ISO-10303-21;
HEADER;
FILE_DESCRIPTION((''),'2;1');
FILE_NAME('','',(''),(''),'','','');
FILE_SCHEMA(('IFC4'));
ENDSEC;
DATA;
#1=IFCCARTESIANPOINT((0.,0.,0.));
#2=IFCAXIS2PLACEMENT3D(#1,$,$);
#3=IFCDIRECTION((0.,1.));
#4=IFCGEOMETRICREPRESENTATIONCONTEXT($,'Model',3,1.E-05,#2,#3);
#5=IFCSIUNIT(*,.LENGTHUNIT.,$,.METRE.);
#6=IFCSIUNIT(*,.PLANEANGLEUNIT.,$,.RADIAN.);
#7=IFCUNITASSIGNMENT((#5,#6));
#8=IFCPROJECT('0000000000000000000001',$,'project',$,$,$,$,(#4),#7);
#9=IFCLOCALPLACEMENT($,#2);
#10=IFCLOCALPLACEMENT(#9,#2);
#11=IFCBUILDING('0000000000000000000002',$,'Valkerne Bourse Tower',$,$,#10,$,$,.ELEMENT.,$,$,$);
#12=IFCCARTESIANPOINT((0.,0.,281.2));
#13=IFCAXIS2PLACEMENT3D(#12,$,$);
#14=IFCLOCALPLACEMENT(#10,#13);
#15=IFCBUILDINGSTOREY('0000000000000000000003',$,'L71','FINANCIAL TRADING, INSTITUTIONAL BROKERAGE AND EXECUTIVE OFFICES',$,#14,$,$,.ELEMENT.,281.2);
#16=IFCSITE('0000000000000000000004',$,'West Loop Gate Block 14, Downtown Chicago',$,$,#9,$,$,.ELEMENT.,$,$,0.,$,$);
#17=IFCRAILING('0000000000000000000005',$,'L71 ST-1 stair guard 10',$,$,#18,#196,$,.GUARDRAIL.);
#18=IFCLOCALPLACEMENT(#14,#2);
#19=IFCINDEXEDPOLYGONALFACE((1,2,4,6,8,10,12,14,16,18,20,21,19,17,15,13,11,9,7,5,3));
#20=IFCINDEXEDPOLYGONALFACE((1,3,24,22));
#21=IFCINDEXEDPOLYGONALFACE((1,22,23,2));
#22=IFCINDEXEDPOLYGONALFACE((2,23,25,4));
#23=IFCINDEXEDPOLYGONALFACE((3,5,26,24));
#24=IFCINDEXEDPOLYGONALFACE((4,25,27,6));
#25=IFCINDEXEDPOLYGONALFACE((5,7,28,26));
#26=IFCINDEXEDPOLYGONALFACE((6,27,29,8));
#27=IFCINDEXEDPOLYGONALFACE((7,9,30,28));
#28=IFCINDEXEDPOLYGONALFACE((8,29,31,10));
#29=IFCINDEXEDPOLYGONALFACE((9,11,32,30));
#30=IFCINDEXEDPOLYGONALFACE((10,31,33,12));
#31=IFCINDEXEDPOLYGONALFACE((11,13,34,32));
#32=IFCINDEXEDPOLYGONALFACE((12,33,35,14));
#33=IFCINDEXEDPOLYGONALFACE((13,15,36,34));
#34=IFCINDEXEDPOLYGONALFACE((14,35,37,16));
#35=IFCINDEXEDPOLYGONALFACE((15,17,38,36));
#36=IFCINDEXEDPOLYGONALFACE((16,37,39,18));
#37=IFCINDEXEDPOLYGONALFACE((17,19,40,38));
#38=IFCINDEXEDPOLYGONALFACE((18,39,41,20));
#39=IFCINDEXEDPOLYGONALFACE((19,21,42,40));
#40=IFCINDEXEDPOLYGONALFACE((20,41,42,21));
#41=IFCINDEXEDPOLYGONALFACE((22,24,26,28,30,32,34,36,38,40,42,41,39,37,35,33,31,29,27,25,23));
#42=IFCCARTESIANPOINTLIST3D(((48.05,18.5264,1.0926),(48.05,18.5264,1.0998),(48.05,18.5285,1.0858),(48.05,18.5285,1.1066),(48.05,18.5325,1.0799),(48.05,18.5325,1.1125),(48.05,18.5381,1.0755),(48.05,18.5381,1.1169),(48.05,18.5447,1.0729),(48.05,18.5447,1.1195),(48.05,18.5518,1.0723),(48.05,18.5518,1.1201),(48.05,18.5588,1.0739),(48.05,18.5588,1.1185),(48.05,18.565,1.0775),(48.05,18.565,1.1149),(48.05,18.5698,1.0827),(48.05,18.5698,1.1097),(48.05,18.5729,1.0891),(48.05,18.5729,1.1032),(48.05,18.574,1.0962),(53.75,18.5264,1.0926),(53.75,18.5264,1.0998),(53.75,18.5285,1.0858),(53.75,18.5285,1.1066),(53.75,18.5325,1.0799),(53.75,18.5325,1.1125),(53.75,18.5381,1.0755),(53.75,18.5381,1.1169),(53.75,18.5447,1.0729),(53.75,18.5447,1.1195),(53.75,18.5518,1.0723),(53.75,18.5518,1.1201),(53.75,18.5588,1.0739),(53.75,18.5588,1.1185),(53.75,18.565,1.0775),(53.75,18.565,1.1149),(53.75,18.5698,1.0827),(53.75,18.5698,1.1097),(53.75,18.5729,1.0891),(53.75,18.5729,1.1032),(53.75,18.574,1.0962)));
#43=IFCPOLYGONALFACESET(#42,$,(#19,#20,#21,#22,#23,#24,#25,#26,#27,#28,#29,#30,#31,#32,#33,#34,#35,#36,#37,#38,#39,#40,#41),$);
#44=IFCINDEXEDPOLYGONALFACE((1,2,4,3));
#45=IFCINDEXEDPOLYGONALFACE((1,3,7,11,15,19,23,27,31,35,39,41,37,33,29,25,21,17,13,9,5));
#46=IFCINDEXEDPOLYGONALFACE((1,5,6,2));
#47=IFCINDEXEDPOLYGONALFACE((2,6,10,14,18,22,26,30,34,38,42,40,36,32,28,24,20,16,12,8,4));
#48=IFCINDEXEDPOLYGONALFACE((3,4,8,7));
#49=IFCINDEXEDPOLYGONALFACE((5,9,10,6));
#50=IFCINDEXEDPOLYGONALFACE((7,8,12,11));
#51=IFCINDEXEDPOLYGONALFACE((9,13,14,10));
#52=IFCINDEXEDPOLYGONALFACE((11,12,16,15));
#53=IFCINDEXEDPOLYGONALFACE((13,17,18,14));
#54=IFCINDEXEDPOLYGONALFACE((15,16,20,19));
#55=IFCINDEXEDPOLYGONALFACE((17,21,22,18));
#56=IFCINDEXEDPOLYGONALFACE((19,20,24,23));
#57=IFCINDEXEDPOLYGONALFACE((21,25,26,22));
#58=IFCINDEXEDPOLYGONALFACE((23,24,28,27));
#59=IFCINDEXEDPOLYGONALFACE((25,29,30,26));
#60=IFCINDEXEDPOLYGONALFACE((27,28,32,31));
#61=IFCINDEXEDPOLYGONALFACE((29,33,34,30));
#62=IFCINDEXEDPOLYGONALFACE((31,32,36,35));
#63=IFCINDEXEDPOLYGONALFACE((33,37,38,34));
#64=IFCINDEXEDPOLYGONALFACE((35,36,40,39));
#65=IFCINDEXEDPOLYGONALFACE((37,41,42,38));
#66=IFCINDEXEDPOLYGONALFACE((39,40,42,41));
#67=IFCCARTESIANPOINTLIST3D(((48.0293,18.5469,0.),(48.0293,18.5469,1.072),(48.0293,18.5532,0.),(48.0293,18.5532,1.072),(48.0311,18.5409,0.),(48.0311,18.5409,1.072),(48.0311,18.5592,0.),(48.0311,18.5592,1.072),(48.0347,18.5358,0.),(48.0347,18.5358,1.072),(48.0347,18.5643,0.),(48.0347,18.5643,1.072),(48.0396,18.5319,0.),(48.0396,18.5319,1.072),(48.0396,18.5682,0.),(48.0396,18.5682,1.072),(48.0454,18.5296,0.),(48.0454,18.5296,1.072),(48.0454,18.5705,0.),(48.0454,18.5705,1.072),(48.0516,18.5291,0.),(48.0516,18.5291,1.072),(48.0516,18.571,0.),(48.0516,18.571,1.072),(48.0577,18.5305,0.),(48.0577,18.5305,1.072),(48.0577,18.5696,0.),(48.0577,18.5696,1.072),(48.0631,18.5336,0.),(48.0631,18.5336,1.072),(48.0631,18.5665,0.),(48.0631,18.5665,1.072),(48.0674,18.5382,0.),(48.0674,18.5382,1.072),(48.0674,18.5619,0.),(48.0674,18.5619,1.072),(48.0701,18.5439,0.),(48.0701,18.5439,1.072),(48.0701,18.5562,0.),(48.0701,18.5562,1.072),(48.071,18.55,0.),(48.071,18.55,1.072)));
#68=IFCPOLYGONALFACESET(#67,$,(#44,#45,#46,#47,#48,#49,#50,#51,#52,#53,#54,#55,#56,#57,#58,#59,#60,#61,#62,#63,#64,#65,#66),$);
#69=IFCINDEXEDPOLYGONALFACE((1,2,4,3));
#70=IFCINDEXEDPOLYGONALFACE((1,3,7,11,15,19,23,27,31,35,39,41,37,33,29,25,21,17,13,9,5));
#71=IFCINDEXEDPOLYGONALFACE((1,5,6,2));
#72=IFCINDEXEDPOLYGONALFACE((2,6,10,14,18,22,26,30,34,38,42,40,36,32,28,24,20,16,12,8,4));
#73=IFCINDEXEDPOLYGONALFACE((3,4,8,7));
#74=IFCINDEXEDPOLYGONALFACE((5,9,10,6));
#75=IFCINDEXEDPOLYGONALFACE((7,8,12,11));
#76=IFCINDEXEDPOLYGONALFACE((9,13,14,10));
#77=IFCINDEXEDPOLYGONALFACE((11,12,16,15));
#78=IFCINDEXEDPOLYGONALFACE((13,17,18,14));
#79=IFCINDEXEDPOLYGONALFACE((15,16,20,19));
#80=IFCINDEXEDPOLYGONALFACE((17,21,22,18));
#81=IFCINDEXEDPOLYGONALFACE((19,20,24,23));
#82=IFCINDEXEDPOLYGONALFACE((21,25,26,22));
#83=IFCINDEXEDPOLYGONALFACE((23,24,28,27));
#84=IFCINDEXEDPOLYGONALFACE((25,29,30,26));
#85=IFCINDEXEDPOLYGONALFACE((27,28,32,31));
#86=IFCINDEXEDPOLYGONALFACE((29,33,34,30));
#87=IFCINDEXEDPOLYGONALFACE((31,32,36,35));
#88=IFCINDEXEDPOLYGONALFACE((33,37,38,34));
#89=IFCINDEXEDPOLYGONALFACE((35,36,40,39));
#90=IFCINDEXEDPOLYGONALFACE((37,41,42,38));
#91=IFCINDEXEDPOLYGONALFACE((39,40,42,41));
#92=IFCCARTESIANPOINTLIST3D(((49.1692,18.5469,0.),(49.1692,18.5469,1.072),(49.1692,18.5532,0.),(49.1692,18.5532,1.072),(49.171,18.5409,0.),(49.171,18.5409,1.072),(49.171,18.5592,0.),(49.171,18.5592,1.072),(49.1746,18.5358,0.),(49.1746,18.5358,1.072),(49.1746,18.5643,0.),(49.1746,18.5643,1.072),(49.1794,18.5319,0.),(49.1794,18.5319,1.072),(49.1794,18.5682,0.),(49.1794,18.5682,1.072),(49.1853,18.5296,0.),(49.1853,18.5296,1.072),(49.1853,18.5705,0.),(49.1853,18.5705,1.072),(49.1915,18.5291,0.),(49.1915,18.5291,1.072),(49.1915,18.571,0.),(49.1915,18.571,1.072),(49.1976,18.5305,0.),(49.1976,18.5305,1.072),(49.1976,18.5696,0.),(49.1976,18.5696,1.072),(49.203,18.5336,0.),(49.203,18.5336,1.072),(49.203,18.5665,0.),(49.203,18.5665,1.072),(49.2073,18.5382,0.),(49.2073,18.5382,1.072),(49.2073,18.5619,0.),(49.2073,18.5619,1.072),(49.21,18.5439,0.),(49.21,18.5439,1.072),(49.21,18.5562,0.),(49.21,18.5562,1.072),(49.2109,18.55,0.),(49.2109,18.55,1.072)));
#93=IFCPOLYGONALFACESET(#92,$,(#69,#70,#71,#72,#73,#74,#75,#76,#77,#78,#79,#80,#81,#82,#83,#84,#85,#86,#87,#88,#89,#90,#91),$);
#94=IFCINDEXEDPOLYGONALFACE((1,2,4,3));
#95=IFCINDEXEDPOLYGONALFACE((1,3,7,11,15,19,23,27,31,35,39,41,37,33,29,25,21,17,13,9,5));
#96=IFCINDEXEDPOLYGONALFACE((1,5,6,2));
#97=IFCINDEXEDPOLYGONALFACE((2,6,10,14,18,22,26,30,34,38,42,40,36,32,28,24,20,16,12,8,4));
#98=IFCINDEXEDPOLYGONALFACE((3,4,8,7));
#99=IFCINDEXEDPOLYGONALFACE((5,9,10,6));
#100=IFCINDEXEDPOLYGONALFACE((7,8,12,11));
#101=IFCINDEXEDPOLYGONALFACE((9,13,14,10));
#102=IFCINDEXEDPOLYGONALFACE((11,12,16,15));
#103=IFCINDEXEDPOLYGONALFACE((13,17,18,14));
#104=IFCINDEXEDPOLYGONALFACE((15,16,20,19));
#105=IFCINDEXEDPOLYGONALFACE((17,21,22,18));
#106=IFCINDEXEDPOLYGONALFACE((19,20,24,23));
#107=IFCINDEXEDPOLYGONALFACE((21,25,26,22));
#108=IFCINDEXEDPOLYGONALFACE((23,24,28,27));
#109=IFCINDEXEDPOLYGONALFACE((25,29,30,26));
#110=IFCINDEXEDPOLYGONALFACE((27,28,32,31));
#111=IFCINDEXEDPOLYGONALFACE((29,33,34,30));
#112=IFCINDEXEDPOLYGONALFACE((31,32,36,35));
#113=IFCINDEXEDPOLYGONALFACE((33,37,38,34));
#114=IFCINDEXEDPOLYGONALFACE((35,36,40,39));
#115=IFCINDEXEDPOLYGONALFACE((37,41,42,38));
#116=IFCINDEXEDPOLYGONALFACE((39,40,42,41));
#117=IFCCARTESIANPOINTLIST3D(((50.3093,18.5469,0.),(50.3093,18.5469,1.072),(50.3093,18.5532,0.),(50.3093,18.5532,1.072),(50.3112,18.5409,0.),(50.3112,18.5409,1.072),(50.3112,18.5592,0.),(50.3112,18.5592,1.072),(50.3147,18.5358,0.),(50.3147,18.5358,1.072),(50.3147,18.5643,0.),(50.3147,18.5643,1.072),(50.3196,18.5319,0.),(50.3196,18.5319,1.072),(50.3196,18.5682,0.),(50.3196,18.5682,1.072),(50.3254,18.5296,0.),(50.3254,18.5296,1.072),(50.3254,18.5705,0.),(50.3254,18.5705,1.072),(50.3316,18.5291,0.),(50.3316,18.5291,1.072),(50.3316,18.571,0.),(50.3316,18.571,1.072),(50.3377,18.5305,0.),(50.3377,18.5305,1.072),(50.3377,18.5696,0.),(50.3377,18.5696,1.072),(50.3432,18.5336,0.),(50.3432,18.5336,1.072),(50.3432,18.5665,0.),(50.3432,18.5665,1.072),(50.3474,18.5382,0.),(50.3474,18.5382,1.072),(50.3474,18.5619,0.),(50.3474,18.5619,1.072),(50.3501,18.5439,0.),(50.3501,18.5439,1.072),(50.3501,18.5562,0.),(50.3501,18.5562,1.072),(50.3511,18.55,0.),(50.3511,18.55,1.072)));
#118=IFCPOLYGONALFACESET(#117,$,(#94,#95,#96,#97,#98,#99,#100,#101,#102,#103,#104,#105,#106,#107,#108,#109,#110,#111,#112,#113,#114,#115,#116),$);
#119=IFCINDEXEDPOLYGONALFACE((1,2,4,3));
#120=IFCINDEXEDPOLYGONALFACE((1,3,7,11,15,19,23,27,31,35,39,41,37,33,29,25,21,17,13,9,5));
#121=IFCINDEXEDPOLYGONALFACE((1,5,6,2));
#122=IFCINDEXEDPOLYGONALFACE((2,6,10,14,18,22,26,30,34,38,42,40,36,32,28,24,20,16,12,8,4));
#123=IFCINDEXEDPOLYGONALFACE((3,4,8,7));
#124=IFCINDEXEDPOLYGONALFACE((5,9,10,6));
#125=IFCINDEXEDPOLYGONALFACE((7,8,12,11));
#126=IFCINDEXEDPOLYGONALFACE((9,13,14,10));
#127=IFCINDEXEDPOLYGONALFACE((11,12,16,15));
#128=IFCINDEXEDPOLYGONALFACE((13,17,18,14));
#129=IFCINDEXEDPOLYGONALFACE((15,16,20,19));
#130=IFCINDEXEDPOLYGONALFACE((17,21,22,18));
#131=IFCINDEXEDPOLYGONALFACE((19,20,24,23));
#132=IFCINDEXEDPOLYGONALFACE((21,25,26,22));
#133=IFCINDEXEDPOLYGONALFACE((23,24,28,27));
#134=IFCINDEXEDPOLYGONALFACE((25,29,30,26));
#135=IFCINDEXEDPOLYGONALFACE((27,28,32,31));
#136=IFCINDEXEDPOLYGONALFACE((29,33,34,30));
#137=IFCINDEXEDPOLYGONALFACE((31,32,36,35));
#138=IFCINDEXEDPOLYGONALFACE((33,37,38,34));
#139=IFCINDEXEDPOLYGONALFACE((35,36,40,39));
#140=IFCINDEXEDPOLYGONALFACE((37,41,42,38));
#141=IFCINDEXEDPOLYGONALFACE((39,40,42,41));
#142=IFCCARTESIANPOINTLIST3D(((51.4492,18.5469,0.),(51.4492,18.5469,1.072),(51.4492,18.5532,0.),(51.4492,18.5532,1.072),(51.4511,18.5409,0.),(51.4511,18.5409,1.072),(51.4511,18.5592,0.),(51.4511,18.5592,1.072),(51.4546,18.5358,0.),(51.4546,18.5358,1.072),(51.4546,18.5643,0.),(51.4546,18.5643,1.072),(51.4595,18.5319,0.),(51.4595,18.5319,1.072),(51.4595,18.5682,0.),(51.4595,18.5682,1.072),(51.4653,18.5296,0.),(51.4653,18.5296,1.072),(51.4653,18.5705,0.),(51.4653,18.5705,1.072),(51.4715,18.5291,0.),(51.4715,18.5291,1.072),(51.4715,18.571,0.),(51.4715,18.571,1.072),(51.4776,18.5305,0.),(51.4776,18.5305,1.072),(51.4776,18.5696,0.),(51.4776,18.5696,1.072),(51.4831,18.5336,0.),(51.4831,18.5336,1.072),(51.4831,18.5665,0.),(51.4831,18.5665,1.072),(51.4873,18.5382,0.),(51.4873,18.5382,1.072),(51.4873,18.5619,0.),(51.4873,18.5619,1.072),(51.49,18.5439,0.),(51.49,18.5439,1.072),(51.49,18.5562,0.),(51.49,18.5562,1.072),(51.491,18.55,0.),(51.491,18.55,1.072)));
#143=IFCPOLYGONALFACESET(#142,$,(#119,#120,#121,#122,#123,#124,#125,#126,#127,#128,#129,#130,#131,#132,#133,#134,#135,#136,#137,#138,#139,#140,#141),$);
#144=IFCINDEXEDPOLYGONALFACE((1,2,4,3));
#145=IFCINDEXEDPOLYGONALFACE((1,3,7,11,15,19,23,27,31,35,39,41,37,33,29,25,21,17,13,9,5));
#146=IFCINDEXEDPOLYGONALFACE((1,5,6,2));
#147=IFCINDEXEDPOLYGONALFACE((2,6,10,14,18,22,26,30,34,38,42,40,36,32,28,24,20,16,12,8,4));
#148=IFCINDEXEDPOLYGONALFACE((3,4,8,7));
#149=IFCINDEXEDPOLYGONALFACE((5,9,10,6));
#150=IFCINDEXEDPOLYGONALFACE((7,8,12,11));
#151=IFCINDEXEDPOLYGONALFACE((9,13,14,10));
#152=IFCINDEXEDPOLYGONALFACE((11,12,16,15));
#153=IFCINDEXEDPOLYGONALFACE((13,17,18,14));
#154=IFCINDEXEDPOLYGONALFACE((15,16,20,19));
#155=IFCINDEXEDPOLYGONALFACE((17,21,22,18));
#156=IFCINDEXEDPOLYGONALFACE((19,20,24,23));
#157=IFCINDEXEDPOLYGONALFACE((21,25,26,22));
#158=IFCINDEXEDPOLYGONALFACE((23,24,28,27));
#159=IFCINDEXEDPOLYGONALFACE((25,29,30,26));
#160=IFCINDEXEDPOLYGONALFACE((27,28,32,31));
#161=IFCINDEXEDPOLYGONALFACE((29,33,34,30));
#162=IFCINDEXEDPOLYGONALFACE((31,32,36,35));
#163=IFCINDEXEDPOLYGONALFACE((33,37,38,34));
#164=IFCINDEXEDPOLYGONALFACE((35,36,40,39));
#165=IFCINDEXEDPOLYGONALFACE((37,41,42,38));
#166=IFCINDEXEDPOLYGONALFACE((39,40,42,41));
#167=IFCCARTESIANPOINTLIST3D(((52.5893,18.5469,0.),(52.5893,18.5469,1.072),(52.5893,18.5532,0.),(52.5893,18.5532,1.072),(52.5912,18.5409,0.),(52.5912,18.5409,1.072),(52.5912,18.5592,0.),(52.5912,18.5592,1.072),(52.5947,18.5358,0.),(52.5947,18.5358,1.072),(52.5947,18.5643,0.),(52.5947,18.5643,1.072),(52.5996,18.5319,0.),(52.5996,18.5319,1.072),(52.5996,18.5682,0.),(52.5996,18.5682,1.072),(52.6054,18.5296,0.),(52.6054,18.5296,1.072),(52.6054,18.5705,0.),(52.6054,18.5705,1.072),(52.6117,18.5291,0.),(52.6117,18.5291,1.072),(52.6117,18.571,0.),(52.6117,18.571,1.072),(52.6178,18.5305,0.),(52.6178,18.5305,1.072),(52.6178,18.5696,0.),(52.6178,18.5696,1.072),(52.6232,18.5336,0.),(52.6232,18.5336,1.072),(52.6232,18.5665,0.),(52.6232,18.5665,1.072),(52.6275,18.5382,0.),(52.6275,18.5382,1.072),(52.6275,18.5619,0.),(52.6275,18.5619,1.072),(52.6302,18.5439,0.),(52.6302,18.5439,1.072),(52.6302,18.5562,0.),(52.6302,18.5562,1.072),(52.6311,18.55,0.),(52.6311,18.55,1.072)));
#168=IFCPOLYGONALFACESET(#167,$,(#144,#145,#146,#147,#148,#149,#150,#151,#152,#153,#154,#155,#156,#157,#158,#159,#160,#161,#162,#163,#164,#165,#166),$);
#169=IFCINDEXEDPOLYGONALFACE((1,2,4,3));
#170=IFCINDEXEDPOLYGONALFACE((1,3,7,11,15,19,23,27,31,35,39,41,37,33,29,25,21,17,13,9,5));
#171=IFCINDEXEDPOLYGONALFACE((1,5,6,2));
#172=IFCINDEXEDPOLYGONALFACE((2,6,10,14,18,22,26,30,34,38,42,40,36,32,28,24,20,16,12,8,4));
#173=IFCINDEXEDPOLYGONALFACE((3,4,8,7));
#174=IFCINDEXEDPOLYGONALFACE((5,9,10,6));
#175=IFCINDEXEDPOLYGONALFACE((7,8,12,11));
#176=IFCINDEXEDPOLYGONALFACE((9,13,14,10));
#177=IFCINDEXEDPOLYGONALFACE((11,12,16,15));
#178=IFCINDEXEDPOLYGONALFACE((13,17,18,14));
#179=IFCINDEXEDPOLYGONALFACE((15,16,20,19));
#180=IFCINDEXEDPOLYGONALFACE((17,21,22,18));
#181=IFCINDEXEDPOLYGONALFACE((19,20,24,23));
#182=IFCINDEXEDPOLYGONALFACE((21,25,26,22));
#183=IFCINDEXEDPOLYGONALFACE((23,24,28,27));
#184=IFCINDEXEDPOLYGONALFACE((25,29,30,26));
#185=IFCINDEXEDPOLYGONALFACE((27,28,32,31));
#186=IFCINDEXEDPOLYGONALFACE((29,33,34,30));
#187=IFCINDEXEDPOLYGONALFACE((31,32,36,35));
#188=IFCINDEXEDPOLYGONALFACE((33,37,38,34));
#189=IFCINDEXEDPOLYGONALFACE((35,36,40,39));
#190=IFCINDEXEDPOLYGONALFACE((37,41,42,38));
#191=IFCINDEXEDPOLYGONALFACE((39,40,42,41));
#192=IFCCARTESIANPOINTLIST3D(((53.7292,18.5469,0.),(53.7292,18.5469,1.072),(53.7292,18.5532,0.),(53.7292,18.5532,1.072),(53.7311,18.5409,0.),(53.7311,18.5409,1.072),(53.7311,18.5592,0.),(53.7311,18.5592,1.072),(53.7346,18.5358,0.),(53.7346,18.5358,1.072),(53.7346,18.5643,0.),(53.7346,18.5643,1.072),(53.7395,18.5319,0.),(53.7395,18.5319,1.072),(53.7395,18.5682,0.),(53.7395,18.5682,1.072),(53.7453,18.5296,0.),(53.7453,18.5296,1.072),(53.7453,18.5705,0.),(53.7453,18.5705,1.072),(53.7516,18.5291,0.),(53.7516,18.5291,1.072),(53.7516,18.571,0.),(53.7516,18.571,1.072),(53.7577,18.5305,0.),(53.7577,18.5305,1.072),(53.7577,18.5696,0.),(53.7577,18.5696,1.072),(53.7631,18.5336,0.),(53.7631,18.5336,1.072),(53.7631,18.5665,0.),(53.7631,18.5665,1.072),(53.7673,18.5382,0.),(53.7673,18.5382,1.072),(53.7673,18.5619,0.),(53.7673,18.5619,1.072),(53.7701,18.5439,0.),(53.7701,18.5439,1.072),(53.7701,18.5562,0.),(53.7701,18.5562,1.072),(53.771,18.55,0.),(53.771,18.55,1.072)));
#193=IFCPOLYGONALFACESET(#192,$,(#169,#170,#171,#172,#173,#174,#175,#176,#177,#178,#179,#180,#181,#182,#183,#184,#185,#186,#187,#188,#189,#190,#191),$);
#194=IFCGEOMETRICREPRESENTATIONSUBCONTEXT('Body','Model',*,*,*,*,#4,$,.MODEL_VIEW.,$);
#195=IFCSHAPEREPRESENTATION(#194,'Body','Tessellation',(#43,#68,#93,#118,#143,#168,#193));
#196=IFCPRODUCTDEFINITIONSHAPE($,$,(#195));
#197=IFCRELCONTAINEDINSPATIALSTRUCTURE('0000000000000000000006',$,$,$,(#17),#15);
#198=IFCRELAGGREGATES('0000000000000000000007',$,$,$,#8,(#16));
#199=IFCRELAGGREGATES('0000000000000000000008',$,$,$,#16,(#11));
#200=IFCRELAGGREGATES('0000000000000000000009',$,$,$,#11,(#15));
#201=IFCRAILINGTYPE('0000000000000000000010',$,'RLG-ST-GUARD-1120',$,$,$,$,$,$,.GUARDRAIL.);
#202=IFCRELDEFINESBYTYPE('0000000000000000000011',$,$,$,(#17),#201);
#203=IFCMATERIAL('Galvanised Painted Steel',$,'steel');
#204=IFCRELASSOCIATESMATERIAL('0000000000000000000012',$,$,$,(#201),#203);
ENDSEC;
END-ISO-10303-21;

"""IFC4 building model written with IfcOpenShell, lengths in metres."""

from ifc_helpers import new_model, si_unit, direction, frame, origin, origin_2d, place, context, subcontext, project, spatial, circle, extrude, material, type_object, element, save


model = new_model("IFC4")

# Units and contexts
model_context = context("Model", 3, precision=1e-05, world=origin(), true_north=direction((0.0, 1.0)))
body_context = subcontext(model_context, "Body", "Model", "MODEL_VIEW")
ifc_project = project(units=[si_unit("LENGTHUNIT", "METRE"), si_unit("PLANEANGLEUNIT", "RADIAN")], contexts=[model_context])

# Site, building, storey
site_placement = place(None, origin())
site = spatial("IfcSite", under=ifc_project, at=site_placement, Name="West Loop Gate Block 14, Downtown Chicago", CompositionType="ELEMENT", RefElevation=0.0)
building_placement = place(site_placement, origin())
building = spatial("IfcBuilding", under=site, at=building_placement, Name="Valkerne Bourse Tower", CompositionType="ELEMENT")
storey_placement = place(building_placement, frame((0.0, 0.0, 281.2)))
storey = spatial("IfcBuildingStorey", under=building, at=storey_placement, Name="L71", Description="FINANCIAL TRADING, INSTITUTIONAL BROKERAGE AND EXECUTIVE OFFICES", CompositionType="ELEMENT", Elevation=281.2)

# Shared definitions
ifc_material_1 = material(Name="Galvanised Painted Steel", Category="steel")

# Railing
railing_type_1 = type_object("IfcRailingType", Name="RLG-ST-GUARD-1120", PredefinedType="GUARDRAIL", material=ifc_material_1)
for number, where, name in (
    (1, (48.05, 18.55, 0.0), "L71 ST-1 stair guard 10"),
):
    element("IfcRailing", number, at=place(storey_placement, frame(where)), inside=storey, type_object=railing_type_1, Name=name, PredefinedType="GUARDRAIL", context=body_context, shape_type="SweptSolid", body=[
        extrude(circle(Radius=0.0239, at=origin_2d()), frame((0.0, 0.0, 1.0962), z_axis=(1.0, 0.0, 0.0), x_axis=(0.0, 1.0, 0.0)), (0.0, 0.0, 1.0), 5.7),
        extrude(circle(Radius=0.021, at=origin_2d()), origin(), (0.0, 0.0, 1.0), 1.072),
        extrude(circle(Radius=0.021, at=origin_2d()), frame((1.1399, 0.0, 0.0)), (0.0, 0.0, 1.0), 1.072),
        extrude(circle(Radius=0.021, at=origin_2d()), frame((2.28, 0.0, 0.0)), (0.0, 0.0, 1.0), 1.072),
        extrude(circle(Radius=0.021, at=origin_2d()), frame((3.4199, 0.0, 0.0)), (0.0, 0.0, 1.0), 1.072),
        extrude(circle(Radius=0.021, at=origin_2d()), frame((4.5601, 0.0, 0.0)), (0.0, 0.0, 1.0), 1.072),
        extrude(circle(Radius=0.021, at=origin_2d()), frame((5.7, 0.0, 0.0)), (0.0, 0.0, 1.0), 1.072),
    ])

save(model, "model.ifc")
